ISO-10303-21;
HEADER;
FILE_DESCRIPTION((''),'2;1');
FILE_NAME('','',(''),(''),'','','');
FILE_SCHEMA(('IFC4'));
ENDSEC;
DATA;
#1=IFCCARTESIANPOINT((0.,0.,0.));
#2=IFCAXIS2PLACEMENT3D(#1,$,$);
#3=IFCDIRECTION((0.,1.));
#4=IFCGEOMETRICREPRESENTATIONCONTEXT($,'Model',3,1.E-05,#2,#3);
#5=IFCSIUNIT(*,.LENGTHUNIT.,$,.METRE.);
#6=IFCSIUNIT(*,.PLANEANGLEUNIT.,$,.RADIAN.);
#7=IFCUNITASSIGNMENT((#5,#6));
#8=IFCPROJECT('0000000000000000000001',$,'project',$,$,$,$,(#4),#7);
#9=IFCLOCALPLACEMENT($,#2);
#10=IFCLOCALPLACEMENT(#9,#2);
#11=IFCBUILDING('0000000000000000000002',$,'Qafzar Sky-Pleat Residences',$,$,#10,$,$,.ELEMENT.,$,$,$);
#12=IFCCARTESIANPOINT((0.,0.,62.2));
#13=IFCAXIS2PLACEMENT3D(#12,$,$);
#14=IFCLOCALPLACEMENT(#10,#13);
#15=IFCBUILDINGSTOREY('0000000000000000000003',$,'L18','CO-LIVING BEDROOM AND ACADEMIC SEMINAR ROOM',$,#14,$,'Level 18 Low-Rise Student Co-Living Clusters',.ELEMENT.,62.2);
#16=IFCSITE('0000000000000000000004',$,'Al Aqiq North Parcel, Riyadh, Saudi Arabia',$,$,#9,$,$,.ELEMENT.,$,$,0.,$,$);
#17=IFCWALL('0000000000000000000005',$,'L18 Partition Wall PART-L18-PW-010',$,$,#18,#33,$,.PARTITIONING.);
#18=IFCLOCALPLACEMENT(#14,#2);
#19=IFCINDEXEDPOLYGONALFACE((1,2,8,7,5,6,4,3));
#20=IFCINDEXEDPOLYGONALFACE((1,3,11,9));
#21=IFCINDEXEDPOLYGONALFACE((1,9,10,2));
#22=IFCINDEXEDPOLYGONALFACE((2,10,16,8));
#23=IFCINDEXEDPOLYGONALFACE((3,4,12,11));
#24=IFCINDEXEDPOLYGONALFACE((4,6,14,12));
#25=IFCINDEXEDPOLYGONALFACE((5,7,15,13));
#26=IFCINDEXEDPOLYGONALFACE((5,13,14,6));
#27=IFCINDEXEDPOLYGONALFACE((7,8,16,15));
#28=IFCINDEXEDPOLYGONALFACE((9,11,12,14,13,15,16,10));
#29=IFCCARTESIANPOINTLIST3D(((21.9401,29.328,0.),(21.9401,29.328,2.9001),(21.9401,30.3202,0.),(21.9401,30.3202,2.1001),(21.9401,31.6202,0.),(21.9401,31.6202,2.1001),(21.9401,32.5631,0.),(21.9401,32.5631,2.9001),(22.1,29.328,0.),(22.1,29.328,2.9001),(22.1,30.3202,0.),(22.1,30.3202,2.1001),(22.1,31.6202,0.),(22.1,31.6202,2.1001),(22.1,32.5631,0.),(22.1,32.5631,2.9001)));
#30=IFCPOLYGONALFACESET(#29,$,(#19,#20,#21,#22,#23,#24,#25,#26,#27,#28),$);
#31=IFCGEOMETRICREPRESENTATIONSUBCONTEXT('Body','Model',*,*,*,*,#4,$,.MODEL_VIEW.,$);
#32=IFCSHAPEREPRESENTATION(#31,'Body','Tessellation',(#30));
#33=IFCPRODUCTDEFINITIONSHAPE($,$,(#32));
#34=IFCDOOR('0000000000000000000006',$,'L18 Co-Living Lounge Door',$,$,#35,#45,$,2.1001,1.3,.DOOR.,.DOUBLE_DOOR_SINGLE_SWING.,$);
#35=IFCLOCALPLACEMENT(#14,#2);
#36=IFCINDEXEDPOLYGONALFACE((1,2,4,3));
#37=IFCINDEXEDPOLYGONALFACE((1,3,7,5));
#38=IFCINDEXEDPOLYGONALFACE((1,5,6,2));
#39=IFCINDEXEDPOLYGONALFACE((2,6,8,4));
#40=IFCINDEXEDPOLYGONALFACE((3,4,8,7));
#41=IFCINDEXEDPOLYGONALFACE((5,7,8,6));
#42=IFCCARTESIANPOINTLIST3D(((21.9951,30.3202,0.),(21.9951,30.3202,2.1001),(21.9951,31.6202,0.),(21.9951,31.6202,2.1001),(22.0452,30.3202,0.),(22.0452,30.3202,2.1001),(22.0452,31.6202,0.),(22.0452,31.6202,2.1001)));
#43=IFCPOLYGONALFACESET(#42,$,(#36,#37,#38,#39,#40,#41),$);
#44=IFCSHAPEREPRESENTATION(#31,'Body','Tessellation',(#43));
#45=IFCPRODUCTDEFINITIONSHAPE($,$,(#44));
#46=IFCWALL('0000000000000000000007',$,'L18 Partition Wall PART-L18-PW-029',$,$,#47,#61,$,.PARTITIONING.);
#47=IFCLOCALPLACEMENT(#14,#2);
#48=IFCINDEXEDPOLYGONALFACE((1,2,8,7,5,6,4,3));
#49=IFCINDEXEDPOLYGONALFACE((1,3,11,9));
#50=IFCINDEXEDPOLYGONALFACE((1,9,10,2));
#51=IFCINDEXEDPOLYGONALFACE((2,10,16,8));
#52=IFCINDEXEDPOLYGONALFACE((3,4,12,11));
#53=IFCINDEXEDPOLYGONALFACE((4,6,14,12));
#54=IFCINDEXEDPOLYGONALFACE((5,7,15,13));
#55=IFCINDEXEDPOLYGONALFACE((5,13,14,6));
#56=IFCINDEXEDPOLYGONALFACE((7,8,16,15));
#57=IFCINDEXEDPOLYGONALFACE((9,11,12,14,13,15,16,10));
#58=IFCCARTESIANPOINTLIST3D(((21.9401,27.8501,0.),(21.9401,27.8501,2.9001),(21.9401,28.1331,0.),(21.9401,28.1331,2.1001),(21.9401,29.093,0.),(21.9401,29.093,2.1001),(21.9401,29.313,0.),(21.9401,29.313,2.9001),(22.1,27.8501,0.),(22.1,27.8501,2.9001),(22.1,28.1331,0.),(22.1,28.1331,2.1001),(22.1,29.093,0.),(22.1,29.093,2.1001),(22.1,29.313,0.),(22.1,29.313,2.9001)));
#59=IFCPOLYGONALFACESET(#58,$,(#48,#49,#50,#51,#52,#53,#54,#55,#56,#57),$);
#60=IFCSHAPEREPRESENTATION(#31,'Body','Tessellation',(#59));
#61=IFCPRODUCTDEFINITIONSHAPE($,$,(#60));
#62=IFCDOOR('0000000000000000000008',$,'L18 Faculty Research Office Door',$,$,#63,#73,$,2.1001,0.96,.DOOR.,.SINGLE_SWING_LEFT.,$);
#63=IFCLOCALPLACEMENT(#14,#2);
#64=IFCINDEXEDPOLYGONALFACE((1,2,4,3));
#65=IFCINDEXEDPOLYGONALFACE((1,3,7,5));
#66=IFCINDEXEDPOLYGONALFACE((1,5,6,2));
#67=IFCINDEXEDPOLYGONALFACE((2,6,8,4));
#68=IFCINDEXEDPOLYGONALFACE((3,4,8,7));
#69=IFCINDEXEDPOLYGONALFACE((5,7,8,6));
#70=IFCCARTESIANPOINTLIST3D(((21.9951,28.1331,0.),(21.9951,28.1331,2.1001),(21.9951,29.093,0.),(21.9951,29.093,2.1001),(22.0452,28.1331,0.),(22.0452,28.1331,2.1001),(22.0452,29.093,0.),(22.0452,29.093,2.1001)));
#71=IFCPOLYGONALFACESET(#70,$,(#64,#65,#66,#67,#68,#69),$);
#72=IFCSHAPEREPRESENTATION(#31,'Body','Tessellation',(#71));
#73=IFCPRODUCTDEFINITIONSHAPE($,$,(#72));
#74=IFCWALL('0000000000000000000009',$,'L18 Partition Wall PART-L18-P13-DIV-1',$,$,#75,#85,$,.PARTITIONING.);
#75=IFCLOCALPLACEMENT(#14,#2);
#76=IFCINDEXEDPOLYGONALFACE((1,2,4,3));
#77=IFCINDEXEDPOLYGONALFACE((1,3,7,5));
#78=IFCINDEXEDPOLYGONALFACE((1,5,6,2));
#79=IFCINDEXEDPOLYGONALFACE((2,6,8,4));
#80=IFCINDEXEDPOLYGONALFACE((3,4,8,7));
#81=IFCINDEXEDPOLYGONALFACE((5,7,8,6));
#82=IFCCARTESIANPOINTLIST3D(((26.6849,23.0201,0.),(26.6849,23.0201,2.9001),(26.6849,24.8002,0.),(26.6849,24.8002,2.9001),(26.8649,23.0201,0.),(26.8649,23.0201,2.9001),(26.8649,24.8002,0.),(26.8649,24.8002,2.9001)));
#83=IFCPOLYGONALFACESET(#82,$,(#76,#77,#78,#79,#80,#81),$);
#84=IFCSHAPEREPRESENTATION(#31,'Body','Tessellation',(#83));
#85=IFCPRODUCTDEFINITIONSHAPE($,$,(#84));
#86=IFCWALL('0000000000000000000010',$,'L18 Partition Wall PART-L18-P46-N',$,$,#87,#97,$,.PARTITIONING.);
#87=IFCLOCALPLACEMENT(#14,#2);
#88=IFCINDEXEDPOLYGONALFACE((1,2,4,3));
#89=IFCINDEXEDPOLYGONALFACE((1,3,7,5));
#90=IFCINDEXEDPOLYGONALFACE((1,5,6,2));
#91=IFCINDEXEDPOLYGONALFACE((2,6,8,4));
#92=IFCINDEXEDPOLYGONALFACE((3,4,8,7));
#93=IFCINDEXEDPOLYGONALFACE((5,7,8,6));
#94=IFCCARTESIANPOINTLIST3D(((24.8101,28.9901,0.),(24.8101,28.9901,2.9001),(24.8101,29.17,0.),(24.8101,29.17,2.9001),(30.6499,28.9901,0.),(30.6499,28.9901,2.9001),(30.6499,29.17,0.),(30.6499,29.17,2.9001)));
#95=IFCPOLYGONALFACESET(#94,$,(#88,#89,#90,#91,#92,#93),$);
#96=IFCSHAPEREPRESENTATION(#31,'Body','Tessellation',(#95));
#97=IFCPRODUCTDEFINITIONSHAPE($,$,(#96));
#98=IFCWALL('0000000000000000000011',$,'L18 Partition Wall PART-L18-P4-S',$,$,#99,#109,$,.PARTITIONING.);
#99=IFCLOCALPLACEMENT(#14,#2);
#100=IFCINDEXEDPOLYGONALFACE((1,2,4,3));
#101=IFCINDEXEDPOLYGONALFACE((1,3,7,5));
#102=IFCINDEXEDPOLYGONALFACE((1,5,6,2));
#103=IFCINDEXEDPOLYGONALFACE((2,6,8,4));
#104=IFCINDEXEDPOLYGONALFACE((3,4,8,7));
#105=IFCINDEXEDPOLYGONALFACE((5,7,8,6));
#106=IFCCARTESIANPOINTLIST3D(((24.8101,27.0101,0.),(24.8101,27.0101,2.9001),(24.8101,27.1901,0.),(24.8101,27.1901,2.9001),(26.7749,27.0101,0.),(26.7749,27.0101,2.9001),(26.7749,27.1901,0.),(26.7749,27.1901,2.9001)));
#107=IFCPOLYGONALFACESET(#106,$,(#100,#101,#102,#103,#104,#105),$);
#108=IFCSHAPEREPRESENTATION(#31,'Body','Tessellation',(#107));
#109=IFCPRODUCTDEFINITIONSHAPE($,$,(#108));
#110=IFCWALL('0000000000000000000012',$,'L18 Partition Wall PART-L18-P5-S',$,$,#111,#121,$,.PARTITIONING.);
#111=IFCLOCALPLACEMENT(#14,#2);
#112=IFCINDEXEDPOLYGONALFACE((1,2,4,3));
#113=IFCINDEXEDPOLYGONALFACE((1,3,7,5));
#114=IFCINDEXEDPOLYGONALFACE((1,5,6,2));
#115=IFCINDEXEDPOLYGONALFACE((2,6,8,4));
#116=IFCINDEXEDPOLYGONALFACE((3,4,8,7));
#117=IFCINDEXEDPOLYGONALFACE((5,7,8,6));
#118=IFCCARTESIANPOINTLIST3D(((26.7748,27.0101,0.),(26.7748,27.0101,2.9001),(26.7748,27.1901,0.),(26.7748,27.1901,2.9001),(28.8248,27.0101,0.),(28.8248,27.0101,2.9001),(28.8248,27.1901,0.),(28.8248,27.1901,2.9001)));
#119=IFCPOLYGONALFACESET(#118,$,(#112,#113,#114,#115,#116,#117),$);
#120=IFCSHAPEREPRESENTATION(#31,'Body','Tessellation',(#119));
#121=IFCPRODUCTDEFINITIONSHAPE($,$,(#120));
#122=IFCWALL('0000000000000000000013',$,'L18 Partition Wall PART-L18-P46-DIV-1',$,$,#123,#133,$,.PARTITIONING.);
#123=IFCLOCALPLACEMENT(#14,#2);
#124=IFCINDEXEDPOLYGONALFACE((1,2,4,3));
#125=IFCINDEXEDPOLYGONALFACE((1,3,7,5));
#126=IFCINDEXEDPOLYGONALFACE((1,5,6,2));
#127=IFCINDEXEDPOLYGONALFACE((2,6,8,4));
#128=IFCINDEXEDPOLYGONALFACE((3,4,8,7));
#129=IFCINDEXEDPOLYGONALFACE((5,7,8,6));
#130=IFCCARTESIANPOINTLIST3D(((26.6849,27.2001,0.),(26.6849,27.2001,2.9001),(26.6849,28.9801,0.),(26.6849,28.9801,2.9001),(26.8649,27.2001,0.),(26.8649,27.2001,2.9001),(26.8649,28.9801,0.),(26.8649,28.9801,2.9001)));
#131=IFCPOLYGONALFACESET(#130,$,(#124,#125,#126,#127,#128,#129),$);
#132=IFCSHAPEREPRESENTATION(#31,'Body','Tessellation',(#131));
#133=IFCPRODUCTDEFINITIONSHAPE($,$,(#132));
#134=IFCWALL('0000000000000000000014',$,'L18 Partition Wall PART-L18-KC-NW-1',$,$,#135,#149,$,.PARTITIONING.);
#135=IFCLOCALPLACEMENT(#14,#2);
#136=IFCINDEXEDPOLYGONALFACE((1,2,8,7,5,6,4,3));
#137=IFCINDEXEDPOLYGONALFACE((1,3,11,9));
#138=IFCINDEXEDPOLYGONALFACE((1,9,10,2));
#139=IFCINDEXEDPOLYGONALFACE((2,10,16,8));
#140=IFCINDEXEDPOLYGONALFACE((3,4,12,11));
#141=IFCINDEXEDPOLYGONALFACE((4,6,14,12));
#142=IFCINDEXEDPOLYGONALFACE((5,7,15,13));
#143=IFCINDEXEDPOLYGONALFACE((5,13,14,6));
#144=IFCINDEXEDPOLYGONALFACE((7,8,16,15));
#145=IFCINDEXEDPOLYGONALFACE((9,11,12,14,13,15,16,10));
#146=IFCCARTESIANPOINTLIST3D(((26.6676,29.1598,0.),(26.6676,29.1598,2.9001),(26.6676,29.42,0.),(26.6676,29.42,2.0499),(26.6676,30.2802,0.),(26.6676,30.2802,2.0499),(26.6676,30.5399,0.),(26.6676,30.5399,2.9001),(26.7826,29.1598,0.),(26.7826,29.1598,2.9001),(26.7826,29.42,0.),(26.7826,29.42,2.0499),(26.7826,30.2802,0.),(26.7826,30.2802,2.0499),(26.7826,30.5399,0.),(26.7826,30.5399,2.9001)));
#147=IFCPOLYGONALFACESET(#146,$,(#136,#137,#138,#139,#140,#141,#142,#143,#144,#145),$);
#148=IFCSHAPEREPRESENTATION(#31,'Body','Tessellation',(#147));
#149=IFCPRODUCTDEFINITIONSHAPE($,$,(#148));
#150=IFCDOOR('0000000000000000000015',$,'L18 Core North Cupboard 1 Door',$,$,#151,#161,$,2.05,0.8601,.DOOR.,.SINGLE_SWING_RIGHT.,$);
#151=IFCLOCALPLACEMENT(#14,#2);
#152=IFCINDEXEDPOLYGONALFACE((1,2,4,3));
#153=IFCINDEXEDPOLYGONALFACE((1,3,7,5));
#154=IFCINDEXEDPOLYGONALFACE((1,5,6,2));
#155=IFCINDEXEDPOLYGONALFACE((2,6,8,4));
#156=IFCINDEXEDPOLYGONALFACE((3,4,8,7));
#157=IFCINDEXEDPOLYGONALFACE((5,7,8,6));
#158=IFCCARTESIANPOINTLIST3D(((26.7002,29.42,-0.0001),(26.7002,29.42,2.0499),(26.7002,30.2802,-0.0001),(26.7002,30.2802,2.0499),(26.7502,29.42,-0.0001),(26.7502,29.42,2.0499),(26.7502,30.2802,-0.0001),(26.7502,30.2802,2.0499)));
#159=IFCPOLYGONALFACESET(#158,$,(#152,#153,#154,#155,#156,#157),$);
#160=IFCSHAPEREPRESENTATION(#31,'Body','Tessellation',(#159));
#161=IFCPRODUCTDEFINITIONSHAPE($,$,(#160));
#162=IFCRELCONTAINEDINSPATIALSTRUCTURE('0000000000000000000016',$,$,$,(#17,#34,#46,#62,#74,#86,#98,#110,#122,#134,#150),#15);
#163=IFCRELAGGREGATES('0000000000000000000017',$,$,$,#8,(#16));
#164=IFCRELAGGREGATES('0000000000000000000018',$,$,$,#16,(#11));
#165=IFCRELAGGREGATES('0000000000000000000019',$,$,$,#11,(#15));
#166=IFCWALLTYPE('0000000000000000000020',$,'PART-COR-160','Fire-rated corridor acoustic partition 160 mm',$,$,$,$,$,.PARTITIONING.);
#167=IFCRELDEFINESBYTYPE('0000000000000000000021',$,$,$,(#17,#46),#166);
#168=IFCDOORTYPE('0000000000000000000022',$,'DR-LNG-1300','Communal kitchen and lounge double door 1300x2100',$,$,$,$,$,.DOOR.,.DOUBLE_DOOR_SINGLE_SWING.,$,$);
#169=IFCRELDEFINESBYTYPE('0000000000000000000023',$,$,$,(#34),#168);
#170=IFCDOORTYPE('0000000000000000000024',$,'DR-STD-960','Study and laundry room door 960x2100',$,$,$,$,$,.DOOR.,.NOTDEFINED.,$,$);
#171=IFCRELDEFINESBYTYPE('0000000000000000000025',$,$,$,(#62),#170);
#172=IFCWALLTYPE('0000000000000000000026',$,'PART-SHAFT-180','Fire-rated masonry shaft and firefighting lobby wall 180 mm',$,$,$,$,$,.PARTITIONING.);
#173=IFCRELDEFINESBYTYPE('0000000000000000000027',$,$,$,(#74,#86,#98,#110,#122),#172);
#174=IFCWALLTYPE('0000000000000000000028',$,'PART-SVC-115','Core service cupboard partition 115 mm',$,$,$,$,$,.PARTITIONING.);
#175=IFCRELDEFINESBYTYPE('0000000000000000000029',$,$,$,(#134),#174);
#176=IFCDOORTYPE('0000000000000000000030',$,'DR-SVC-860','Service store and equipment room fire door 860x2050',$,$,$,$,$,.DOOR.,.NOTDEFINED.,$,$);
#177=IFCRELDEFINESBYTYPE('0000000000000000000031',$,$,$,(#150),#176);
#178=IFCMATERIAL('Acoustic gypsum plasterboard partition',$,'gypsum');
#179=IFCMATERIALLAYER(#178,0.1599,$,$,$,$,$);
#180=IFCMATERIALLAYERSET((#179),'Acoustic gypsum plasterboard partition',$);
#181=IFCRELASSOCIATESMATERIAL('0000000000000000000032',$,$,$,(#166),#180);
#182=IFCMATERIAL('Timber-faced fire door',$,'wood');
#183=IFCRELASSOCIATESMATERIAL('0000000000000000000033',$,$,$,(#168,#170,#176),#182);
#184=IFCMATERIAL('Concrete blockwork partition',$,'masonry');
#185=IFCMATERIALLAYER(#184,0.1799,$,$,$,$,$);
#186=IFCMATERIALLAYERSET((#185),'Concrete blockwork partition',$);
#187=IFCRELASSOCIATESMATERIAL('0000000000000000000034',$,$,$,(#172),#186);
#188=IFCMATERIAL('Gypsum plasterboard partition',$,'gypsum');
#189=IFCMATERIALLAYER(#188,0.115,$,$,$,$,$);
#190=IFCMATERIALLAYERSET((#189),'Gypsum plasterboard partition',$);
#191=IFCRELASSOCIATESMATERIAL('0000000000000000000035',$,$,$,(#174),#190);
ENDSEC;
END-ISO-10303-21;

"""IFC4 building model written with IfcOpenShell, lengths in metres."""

from ifc_helpers import new_model, si_unit, direction, frame, frame_2d, origin, place, context, subcontext, project, spatial, rectangle, extrude, source, transform, mapped, material, layer, layer_set, type_object, element, fill, save


model = new_model("IFC4")

# Units and contexts
model_context = context("Model", 3, precision=1e-05, world=origin(), true_north=direction((0.0, 1.0)))
body_context = subcontext(model_context, "Body", "Model", "MODEL_VIEW")
ifc_project = project(units=[si_unit("LENGTHUNIT", "METRE"), si_unit("PLANEANGLEUNIT", "RADIAN")], contexts=[model_context])

# Site, building, storey
site_placement = place(None, origin())
site = spatial("IfcSite", under=ifc_project, at=site_placement, Name="Al Aqiq North Parcel, Riyadh, Saudi Arabia", CompositionType="ELEMENT", RefElevation=0.0)
building_placement = place(site_placement, origin())
building = spatial("IfcBuilding", under=site, at=building_placement, Name="Qafzar Sky-Pleat Residences", CompositionType="ELEMENT")
storey_placement = place(building_placement, frame((0.0, 0.0, 62.2)))
storey = spatial("IfcBuildingStorey", under=building, at=storey_placement, Name="L18", Description="CO-LIVING BEDROOM AND ACADEMIC SEMINAR ROOM", LongName="Level 18 Low-Rise Student Co-Living Clusters", CompositionType="ELEMENT", Elevation=62.2)

# Walls, openings, doors
ifc_material_1 = material(Name="Acoustic gypsum plasterboard partition", Category="gypsum")
ifc_layer_1 = layer(ifc_material_1, 0.1599)
ifc_layer_set_1 = layer_set([ifc_layer_1], Name="Acoustic gypsum plasterboard partition")
wall_type_1 = type_object("IfcWallType", Name="PART-COR-160", Description="Fire-rated corridor acoustic partition 160 mm", PredefinedType="PARTITIONING", material=ifc_layer_set_1)
wall_1_placement = place(storey_placement, frame((22.02, 29.3279, 0.0), z_axis=(0.0, 0.0, 1.0), x_axis=(0.0, 1.0, 0.0)))
wall_1 = element("IfcWall", 1, at=wall_1_placement, inside=storey, type_object=wall_type_1, Name="L18 Partition Wall PART-L18-PW-010", PredefinedType="PARTITIONING", context=body_context, shape_type="SweptSolid", body=[
    extrude(rectangle(XDim=3.2351, YDim=0.1599, at=frame_2d((1.6177, 0.0))), origin(), (0.0, 0.0, 1.0), 2.9001),
])
opening_1_placement = place(wall_1_placement, frame((0.9924, 0.0, 0.0)))
opening_1 = element("IfcOpeningElement", 2, at=opening_1_placement, cuts=wall_1, PredefinedType="OPENING", context=body_context, shape_type="SweptSolid", body=[
    extrude(rectangle(XDim=1.3, YDim=2.1001, at=frame_2d((0.6499, 1.05))), frame((0.0, 0.0898, 0.0), z_axis=(0.0, -1.0, 0.0), x_axis=(1.0, 0.0, 0.0)), (0.0, 0.0, 1.0), 0.1799),
])
ifc_material_2 = material(Name="Timber-faced fire door", Category="wood")
door_type_1 = type_object("IfcDoorType", Name="DR-LNG-1300", Description="Communal kitchen and lounge double door 1300x2100", OperationType="DOUBLE_DOOR_SINGLE_SWING", PredefinedType="DOOR", material=ifc_material_2)
shared_shape_1 = source(origin(), body_context, "Body", "SweptSolid", [
    extrude(rectangle(XDim=1.3, YDim=2.1001, at=frame_2d((0.6499, 1.05))), frame((0.0, 0.0249, 0.0), z_axis=(0.0, -1.0, 0.0), x_axis=(1.0, 0.0, 0.0)), (0.0, 0.0, 1.0), 0.05),
])
door_1_placement = place(opening_1_placement, origin())
door_1 = element("IfcDoor", 3, at=door_1_placement, inside=storey, type_object=door_type_1, Name="L18 Co-Living Lounge Door", OperationType="DOUBLE_DOOR_SINGLE_SWING", OverallHeight=2.1001, OverallWidth=1.3, PredefinedType="DOOR", context=body_context, shape_type="MappedRepresentation", body=[
    mapped(shared_shape_1, transform((0.0, 0.0, 0.0), x_axis=(1.0, 0.0, 0.0), y_axis=(0.0, 1.0, 0.0), z_axis=(0.0, 0.0, 1.0), scale=1.0)),
])
fill(opening_1, door_1)
wall_2_placement = place(storey_placement, frame((22.02, 27.8501, 0.0), z_axis=(0.0, 0.0, 1.0), x_axis=(0.0, 1.0, 0.0)))
wall_2 = element("IfcWall", 4, at=wall_2_placement, inside=storey, type_object=wall_type_1, Name="L18 Partition Wall PART-L18-PW-029", PredefinedType="PARTITIONING", context=body_context, shape_type="SweptSolid", body=[
    extrude(rectangle(XDim=1.4629, YDim=0.1599, at=frame_2d((0.7314, 0.0))), origin(), (0.0, 0.0, 1.0), 2.9001),
])
opening_2_placement = place(wall_2_placement, frame((0.283, 0.0, 0.0)))
opening_2 = element("IfcOpeningElement", 5, at=opening_2_placement, cuts=wall_2, PredefinedType="OPENING", context=body_context, shape_type="SweptSolid", body=[
    extrude(rectangle(XDim=0.96, YDim=2.1001, at=frame_2d((0.48, 1.05))), frame((0.0, 0.0898, 0.0), z_axis=(0.0, -1.0, 0.0), x_axis=(1.0, 0.0, 0.0)), (0.0, 0.0, 1.0), 0.1799),
])
door_type_2 = type_object("IfcDoorType", Name="DR-STD-960", Description="Study and laundry room door 960x2100", OperationType="NOTDEFINED", PredefinedType="DOOR", material=ifc_material_2)
shared_shape_2 = source(origin(), body_context, "Body", "SweptSolid", [
    extrude(rectangle(XDim=0.96, YDim=2.1001, at=frame_2d((0.48, 1.05))), frame((0.0, 0.0249, 0.0), z_axis=(0.0, -1.0, 0.0), x_axis=(1.0, 0.0, 0.0)), (0.0, 0.0, 1.0), 0.05),
])
door_2_placement = place(opening_2_placement, origin())
door_2 = element("IfcDoor", 6, at=door_2_placement, inside=storey, type_object=door_type_2, Name="L18 Faculty Research Office Door", OperationType="SINGLE_SWING_LEFT", OverallHeight=2.1001, OverallWidth=0.96, PredefinedType="DOOR", context=body_context, shape_type="MappedRepresentation", body=[
    mapped(shared_shape_2, transform((0.0, 0.0, 0.0), x_axis=(1.0, 0.0, 0.0), y_axis=(0.0, 1.0, 0.0), z_axis=(0.0, 0.0, 1.0), scale=1.0)),
])
fill(opening_2, door_2)
ifc_material_3 = material(Name="Concrete blockwork partition", Category="masonry")
ifc_layer_2 = layer(ifc_material_3, 0.1799)
ifc_layer_set_2 = layer_set([ifc_layer_2], Name="Concrete blockwork partition")
wall_type_2 = type_object("IfcWallType", Name="PART-SHAFT-180", Description="Fire-rated masonry shaft and firefighting lobby wall 180 mm", PredefinedType="PARTITIONING", material=ifc_layer_set_2)

# Walls
wall_3_placement = place(storey_placement, frame((26.7749, 23.02, 0.0), z_axis=(0.0, 0.0, 1.0), x_axis=(0.0, 1.0, 0.0)))
element("IfcWall", 7, at=wall_3_placement, inside=storey, type_object=wall_type_2, Name="L18 Partition Wall PART-L18-P13-DIV-1", PredefinedType="PARTITIONING", context=body_context, shape_type="SweptSolid", body=[
    extrude(rectangle(XDim=1.78, YDim=0.1799, at=frame_2d((0.8901, 0.0))), origin(), (0.0, 0.0, 1.0), 2.9001),
])
wall_4_placement = place(storey_placement, frame((24.8101, 29.0801, 0.0), z_axis=(0.0, 0.0, 1.0), x_axis=(1.0, 0.0, 0.0)))
element("IfcWall", 8, at=wall_4_placement, inside=storey, type_object=wall_type_2, Name="L18 Partition Wall PART-L18-P46-N", PredefinedType="PARTITIONING", context=body_context, shape_type="SweptSolid", body=[
    extrude(rectangle(XDim=5.8398, YDim=0.1799, at=frame_2d((2.9199, 0.0))), origin(), (0.0, 0.0, 1.0), 2.9001),
])
wall_5_placement = place(storey_placement, frame((24.8101, 27.1001, 0.0), z_axis=(0.0, 0.0, 1.0), x_axis=(1.0, 0.0, 0.0)))
element("IfcWall", 9, at=wall_5_placement, inside=storey, type_object=wall_type_2, Name="L18 Partition Wall PART-L18-P4-S", PredefinedType="PARTITIONING", context=body_context, shape_type="SweptSolid", body=[
    extrude(rectangle(XDim=1.9648, YDim=0.1799, at=frame_2d((0.9824, 0.0))), origin(), (0.0, 0.0, 1.0), 2.9001),
])
wall_6_placement = place(storey_placement, frame((26.7749, 27.1001, 0.0), z_axis=(0.0, 0.0, 1.0), x_axis=(1.0, 0.0, 0.0)))
element("IfcWall", 10, at=wall_6_placement, inside=storey, type_object=wall_type_2, Name="L18 Partition Wall PART-L18-P5-S", PredefinedType="PARTITIONING", context=body_context, shape_type="SweptSolid", body=[
    extrude(rectangle(XDim=2.05, YDim=0.1799, at=frame_2d((1.0249, 0.0))), origin(), (0.0, 0.0, 1.0), 2.9001),
])
wall_7_placement = place(storey_placement, frame((26.7749, 27.2, 0.0), z_axis=(0.0, 0.0, 1.0), x_axis=(0.0, 1.0, 0.0)))
element("IfcWall", 11, at=wall_7_placement, inside=storey, type_object=wall_type_2, Name="L18 Partition Wall PART-L18-P46-DIV-1", PredefinedType="PARTITIONING", context=body_context, shape_type="SweptSolid", body=[
    extrude(rectangle(XDim=1.78, YDim=0.1799, at=frame_2d((0.8901, 0.0))), origin(), (0.0, 0.0, 1.0), 2.9001),
])

# Wall, opening, door
ifc_material_4 = material(Name="Gypsum plasterboard partition", Category="gypsum")
ifc_layer_3 = layer(ifc_material_4, 0.115)
ifc_layer_set_3 = layer_set([ifc_layer_3], Name="Gypsum plasterboard partition")
wall_type_3 = type_object("IfcWallType", Name="PART-SVC-115", Description="Core service cupboard partition 115 mm", PredefinedType="PARTITIONING", material=ifc_layer_set_3)
wall_8_placement = place(storey_placement, frame((26.7251, 29.1599, 0.0), z_axis=(0.0, 0.0, 1.0), x_axis=(0.0, 1.0, 0.0)))
wall_8 = element("IfcWall", 12, at=wall_8_placement, inside=storey, type_object=wall_type_3, Name="L18 Partition Wall PART-L18-KC-NW-1", PredefinedType="PARTITIONING", context=body_context, shape_type="SweptSolid", body=[
    extrude(rectangle(XDim=1.3801, YDim=0.115, at=frame_2d((0.6899, 0.0))), origin(), (0.0, 0.0, 1.0), 2.9001),
])
opening_3_placement = place(wall_8_placement, frame((0.26, 0.0, 0.0)))
opening_3 = element("IfcOpeningElement", 13, at=opening_3_placement, cuts=wall_8, PredefinedType="OPENING", context=body_context, shape_type="SweptSolid", body=[
    extrude(rectangle(XDim=0.8601, YDim=2.05, at=frame_2d((0.4302, 1.0249))), frame((0.0, 0.0674, 0.0), z_axis=(0.0, -1.0, 0.0), x_axis=(1.0, 0.0, 0.0)), (0.0, 0.0, 1.0), 0.135),
])
door_type_3 = type_object("IfcDoorType", Name="DR-SVC-860", Description="Service store and equipment room fire door 860x2050", OperationType="NOTDEFINED", PredefinedType="DOOR", material=ifc_material_2)
shared_shape_3 = source(origin(), body_context, "Body", "SweptSolid", [
    extrude(rectangle(XDim=0.8601, YDim=2.05, at=frame_2d((0.4302, 1.0249))), frame((0.0, 0.0249, 0.0), z_axis=(0.0, -1.0, 0.0), x_axis=(1.0, 0.0, 0.0)), (0.0, 0.0, 1.0), 0.05),
])
door_3_placement = place(opening_3_placement, origin())
door_3 = element("IfcDoor", 14, at=door_3_placement, inside=storey, type_object=door_type_3, Name="L18 Core North Cupboard 1 Door", OperationType="SINGLE_SWING_RIGHT", OverallHeight=2.05, OverallWidth=0.8601, PredefinedType="DOOR", context=body_context, shape_type="MappedRepresentation", body=[
    mapped(shared_shape_3, transform((0.0, 0.0, 0.0), x_axis=(1.0, 0.0, 0.0), y_axis=(0.0, 1.0, 0.0), z_axis=(0.0, 0.0, 1.0), scale=1.0)),
])
fill(opening_3, door_3)

save(model, "model.ifc")
